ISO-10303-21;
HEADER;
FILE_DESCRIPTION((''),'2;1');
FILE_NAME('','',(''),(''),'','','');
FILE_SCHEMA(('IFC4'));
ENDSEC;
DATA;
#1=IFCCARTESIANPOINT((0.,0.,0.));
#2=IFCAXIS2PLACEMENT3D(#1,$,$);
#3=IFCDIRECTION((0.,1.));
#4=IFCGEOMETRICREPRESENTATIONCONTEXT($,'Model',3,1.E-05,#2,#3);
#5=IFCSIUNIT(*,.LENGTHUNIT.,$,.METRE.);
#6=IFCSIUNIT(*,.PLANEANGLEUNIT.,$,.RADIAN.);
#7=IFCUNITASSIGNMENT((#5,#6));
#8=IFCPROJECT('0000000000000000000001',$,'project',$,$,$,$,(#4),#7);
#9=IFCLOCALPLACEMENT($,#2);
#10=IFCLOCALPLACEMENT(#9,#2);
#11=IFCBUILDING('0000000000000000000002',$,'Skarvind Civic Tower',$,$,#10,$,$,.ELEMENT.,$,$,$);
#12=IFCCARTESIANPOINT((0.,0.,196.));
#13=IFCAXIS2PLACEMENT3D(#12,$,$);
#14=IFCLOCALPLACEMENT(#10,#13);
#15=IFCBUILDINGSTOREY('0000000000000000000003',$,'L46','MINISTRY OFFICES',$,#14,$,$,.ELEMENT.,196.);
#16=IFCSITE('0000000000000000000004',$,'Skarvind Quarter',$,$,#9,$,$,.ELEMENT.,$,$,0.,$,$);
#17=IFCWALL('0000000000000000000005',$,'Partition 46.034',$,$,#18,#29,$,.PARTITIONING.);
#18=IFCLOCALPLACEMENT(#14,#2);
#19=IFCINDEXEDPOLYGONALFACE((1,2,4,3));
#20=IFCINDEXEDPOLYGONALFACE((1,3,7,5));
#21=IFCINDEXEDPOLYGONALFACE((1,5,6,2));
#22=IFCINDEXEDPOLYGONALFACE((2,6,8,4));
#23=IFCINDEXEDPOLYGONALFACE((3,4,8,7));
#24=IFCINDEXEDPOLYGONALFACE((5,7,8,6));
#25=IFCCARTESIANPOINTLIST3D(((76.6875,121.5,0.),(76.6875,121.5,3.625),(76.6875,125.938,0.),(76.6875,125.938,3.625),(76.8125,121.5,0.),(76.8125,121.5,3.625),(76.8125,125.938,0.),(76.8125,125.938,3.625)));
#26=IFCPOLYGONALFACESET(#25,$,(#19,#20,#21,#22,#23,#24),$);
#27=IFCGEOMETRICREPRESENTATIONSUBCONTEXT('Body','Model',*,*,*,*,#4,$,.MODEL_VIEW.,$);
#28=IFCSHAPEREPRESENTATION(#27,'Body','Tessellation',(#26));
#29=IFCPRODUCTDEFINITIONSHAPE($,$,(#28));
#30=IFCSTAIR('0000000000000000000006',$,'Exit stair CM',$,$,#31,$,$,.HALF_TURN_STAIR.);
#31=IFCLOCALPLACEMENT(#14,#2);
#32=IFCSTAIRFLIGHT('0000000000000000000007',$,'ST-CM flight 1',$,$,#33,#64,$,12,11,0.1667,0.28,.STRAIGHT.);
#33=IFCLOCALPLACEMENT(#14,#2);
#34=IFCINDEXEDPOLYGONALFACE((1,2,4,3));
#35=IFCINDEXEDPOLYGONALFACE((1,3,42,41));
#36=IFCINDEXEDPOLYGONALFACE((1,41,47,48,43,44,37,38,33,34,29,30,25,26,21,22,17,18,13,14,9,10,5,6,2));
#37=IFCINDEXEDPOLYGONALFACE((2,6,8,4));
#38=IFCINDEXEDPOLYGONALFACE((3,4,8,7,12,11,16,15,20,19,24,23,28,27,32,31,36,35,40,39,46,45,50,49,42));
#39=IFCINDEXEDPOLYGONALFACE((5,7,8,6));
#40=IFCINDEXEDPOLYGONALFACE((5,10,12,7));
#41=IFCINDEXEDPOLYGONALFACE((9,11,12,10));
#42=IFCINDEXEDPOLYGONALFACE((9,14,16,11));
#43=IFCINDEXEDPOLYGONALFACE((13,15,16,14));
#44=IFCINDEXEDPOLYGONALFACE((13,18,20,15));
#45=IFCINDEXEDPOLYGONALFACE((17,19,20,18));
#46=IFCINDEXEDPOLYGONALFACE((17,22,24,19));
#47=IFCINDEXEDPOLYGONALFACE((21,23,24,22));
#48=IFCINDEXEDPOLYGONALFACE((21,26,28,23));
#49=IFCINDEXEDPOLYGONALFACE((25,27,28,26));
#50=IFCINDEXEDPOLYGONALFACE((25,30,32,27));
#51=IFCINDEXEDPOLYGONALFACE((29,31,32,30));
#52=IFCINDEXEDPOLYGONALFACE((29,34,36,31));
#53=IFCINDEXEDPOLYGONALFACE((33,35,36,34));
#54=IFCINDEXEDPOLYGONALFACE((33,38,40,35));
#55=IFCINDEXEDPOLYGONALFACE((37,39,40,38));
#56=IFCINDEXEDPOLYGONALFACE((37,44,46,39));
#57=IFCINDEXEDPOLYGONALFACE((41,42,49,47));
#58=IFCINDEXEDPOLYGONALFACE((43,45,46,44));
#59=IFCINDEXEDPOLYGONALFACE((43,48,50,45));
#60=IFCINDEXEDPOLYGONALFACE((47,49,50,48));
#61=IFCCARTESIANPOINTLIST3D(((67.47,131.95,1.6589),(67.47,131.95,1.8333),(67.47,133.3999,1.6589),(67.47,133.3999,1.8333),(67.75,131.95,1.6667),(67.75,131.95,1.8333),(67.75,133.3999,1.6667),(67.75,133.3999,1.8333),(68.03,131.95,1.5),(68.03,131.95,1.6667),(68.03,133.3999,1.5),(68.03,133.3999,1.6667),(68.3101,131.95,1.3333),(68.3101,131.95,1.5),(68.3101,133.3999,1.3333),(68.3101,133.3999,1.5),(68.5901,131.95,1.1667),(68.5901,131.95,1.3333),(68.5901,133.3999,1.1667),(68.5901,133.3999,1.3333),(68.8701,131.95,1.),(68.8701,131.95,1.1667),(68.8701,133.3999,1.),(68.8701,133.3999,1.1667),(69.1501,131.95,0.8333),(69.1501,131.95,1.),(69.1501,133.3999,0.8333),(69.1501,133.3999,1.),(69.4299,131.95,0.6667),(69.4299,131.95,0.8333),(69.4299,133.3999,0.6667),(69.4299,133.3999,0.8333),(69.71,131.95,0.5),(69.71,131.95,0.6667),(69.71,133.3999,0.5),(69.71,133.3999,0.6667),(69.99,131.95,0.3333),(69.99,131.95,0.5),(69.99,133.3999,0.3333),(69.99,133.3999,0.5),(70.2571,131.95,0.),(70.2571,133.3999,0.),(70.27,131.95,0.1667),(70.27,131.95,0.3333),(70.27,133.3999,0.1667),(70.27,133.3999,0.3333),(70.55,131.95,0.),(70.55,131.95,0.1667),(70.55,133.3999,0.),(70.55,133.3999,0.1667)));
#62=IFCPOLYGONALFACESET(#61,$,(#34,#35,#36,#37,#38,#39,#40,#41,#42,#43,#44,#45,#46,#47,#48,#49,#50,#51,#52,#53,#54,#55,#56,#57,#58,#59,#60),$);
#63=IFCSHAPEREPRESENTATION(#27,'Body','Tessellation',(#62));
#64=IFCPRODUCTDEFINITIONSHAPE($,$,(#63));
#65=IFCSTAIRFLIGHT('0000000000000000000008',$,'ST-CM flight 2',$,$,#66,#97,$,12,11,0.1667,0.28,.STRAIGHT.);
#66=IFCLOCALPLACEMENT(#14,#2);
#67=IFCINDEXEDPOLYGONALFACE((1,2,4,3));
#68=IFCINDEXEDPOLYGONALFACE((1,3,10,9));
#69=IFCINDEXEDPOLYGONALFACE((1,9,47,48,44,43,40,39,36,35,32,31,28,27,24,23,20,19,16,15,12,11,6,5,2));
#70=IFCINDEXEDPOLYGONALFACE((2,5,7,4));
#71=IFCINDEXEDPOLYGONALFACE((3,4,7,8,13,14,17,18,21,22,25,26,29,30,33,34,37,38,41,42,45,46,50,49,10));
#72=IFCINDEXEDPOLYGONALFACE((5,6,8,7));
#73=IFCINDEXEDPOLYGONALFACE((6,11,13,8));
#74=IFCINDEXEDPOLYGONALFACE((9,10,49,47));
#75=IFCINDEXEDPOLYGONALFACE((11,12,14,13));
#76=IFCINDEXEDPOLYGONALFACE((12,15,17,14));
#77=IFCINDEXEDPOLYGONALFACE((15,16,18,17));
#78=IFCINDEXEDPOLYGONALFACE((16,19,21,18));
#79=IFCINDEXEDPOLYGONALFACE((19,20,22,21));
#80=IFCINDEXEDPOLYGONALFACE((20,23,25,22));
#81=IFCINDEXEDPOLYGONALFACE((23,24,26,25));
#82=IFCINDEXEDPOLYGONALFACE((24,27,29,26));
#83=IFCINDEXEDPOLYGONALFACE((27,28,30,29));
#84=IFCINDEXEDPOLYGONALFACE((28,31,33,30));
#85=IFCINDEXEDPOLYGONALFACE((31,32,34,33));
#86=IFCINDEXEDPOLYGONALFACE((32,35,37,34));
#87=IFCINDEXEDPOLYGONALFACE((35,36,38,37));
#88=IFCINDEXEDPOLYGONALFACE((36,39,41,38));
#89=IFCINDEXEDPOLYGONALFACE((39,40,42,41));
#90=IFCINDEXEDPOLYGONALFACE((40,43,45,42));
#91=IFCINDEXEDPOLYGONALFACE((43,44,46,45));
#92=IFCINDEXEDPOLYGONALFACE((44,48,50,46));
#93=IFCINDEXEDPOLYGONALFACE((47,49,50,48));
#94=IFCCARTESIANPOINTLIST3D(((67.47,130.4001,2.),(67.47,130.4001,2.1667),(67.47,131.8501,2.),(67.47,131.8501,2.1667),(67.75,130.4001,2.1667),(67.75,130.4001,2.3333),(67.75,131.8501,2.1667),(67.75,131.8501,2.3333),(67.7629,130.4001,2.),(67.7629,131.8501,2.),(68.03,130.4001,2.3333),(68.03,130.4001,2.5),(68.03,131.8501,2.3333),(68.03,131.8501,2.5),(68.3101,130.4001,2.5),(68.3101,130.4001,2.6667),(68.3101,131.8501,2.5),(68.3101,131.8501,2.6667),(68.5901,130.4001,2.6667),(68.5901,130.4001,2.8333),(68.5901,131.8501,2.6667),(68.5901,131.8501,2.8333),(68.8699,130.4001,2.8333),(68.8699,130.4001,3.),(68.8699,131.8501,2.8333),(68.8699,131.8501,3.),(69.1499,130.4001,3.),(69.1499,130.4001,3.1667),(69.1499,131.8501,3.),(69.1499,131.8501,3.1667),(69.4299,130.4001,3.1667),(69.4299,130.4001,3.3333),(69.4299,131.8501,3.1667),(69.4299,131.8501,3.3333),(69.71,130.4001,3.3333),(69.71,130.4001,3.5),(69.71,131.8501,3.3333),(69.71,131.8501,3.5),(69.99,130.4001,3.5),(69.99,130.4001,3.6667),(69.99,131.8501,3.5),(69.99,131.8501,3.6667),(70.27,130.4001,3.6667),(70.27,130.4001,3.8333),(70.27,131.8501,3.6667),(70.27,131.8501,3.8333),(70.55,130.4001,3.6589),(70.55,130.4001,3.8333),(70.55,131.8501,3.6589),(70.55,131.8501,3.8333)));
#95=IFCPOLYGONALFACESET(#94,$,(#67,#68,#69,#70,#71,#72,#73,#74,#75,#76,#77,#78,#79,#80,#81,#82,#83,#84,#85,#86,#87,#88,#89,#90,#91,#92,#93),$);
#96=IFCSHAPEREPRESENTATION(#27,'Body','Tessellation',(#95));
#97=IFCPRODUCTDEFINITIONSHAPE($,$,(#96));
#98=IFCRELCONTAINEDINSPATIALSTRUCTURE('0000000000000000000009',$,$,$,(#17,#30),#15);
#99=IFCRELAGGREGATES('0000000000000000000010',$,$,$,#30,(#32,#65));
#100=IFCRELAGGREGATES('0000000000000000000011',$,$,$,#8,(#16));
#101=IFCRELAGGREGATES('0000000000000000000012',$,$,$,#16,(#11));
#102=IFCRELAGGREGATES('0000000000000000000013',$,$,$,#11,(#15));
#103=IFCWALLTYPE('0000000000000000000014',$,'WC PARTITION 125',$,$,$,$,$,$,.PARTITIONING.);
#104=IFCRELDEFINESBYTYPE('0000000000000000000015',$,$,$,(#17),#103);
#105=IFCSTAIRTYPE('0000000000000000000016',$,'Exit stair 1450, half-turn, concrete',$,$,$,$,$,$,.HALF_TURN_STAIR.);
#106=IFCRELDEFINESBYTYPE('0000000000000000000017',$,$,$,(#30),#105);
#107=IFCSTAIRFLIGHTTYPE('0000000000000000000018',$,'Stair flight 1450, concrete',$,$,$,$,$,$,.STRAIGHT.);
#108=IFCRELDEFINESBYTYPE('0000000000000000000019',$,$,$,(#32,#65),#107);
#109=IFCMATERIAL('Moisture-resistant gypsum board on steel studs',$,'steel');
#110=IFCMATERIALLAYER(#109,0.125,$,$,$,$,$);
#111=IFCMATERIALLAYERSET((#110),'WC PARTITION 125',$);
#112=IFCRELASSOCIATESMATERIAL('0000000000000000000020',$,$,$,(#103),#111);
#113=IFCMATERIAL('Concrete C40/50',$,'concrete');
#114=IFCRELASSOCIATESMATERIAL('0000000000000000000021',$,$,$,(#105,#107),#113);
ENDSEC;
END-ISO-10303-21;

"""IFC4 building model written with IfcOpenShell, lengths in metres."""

from ifc_helpers import new_model, si_unit, direction, frame, frame_2d, origin, place, context, subcontext, project, spatial, polyline, rectangle, outline, extrude, material, layer, layer_set, type_object, element, aggregate, save


model = new_model("IFC4")

# Units and contexts
model_context = context("Model", 3, precision=1e-05, world=origin(), true_north=direction((0.0, 1.0)))
body_context = subcontext(model_context, "Body", "Model", "MODEL_VIEW")
ifc_project = project(units=[si_unit("LENGTHUNIT", "METRE"), si_unit("PLANEANGLEUNIT", "RADIAN")], contexts=[model_context])

# Site, building, storey
site_placement = place(None, origin())
site = spatial("IfcSite", under=ifc_project, at=site_placement, Name="Skarvind Quarter", CompositionType="ELEMENT", RefElevation=0.0)
building_placement = place(site_placement, origin())
building = spatial("IfcBuilding", under=site, at=building_placement, Name="Skarvind Civic Tower", CompositionType="ELEMENT")
storey_placement = place(building_placement, frame((0.0, 0.0, 196.0)))
storey = spatial("IfcBuildingStorey", under=building, at=storey_placement, Name="L46", Description="MINISTRY OFFICES", CompositionType="ELEMENT", Elevation=196.0)

# Shared definitions
ifc_material_1 = material(Name="Moisture-resistant gypsum board on steel studs", Category="steel")
ifc_layer_1 = layer(ifc_material_1, 0.125)
ifc_layer_set_1 = layer_set([ifc_layer_1], Name="WC PARTITION 125")
wall_type_1 = type_object("IfcWallType", Name="WC PARTITION 125", PredefinedType="PARTITIONING", material=ifc_layer_set_1)

# Wall
wall_1_placement = place(storey_placement, frame((76.75, 125.938, 0.0), z_axis=(0.0, 0.0, 1.0), x_axis=(0.0, -1.0, 0.0)))
element("IfcWall", 1, at=wall_1_placement, inside=storey, type_object=wall_type_1, Name="Partition 46.034", PredefinedType="PARTITIONING", context=body_context, shape_type="SweptSolid", body=[
    extrude(rectangle(XDim=4.438, YDim=0.125, at=frame_2d((2.219, 0.0))), origin(), (0.0, 0.0, 1.0), 3.625),
])

# Stair, stair flights
ifc_material_2 = material(Name="Concrete C40/50", Category="concrete")
stair_type = type_object("IfcStairType", Name="Exit stair 1450, half-turn, concrete", PredefinedType="HALF_TURN_STAIR", material=ifc_material_2)
stair_placement = place(storey_placement, origin())
stair = element("IfcStair", 2, at=stair_placement, inside=storey, type_object=stair_type, Name="Exit stair CM", PredefinedType="HALF_TURN_STAIR")
stair_flight_type = type_object("IfcStairFlightType", Name="Stair flight 1450, concrete", PredefinedType="STRAIGHT", material=ifc_material_2)
stair_flight_1_placement = place(storey_placement, frame((70.55, 132.675, 0.0), z_axis=(0.0, 0.0, 1.0), x_axis=(-1.0, 0.0, 0.0)))
stair_flight_1 = element("IfcStairFlight", 3, at=stair_flight_1_placement, type_object=stair_flight_type, Name="ST-CM flight 1", NumberOfRisers=12, NumberOfTreads=11, PredefinedType="STRAIGHT", RiserHeight=0.1667, TreadLength=0.28, context=body_context, shape_type="SweptSolid", body=[
    extrude(outline(polyline([(0.0, 0.0), (0.0, 0.1667), (0.28, 0.1667), (0.28, 0.3333), (0.5601, 0.3333), (0.5601, 0.5), (0.8401, 0.5), (0.8401, 0.6667), (1.1201, 0.6667), (1.1201, 0.8333), (1.3999, 0.8333), (1.3999, 1.0), (1.6799, 1.0), (1.6799, 1.1667), (1.96, 1.1667), (1.96, 1.3333), (2.24, 1.3333), (2.24, 1.5), (2.52, 1.5), (2.52, 1.6667), (2.8, 1.6667), (2.8, 1.8333), (3.0801, 1.8333), (3.0801, 2.0), (3.0801, 1.6589), (0.293, 0.0), (0.0, 0.0)])), frame((0.0, 0.7251, 0.0), z_axis=(0.0, -1.0, 0.0), x_axis=(1.0, 0.0, 0.0)), (0.0, 0.0, 1.0), 1.45),
])
stair_flight_2_placement = place(storey_placement, frame((67.47, 131.125, 2.0), z_axis=(0.0, 0.0, 1.0), x_axis=(1.0, 0.0, 0.0)))
stair_flight_2 = element("IfcStairFlight", 4, at=stair_flight_2_placement, type_object=stair_flight_type, Name="ST-CM flight 2", NumberOfRisers=12, NumberOfTreads=11, PredefinedType="STRAIGHT", RiserHeight=0.1667, TreadLength=0.28, context=body_context, shape_type="SweptSolid", body=[
    extrude(outline(polyline([(0.0, 0.0), (0.0, 0.1667), (0.28, 0.1667), (0.28, 0.3333), (0.5601, 0.3333), (0.5601, 0.5), (0.8401, 0.5), (0.8401, 0.6667), (1.1201, 0.6667), (1.1201, 0.8333), (1.3999, 0.8333), (1.3999, 1.0), (1.6799, 1.0), (1.6799, 1.1667), (1.96, 1.1667), (1.96, 1.3333), (2.24, 1.3333), (2.24, 1.5), (2.52, 1.5), (2.52, 1.6667), (2.8, 1.6667), (2.8, 1.8333), (3.0801, 1.8333), (3.0801, 2.0), (3.0801, 1.6589), (0.293, 0.0), (0.0, 0.0)])), frame((0.0, 0.7251, 0.0), z_axis=(0.0, -1.0, 0.0), x_axis=(1.0, 0.0, 0.0)), (0.0, 0.0, 1.0), 1.45),
])
aggregate(stair, [stair_flight_1, stair_flight_2])

save(model, "model.ifc")
